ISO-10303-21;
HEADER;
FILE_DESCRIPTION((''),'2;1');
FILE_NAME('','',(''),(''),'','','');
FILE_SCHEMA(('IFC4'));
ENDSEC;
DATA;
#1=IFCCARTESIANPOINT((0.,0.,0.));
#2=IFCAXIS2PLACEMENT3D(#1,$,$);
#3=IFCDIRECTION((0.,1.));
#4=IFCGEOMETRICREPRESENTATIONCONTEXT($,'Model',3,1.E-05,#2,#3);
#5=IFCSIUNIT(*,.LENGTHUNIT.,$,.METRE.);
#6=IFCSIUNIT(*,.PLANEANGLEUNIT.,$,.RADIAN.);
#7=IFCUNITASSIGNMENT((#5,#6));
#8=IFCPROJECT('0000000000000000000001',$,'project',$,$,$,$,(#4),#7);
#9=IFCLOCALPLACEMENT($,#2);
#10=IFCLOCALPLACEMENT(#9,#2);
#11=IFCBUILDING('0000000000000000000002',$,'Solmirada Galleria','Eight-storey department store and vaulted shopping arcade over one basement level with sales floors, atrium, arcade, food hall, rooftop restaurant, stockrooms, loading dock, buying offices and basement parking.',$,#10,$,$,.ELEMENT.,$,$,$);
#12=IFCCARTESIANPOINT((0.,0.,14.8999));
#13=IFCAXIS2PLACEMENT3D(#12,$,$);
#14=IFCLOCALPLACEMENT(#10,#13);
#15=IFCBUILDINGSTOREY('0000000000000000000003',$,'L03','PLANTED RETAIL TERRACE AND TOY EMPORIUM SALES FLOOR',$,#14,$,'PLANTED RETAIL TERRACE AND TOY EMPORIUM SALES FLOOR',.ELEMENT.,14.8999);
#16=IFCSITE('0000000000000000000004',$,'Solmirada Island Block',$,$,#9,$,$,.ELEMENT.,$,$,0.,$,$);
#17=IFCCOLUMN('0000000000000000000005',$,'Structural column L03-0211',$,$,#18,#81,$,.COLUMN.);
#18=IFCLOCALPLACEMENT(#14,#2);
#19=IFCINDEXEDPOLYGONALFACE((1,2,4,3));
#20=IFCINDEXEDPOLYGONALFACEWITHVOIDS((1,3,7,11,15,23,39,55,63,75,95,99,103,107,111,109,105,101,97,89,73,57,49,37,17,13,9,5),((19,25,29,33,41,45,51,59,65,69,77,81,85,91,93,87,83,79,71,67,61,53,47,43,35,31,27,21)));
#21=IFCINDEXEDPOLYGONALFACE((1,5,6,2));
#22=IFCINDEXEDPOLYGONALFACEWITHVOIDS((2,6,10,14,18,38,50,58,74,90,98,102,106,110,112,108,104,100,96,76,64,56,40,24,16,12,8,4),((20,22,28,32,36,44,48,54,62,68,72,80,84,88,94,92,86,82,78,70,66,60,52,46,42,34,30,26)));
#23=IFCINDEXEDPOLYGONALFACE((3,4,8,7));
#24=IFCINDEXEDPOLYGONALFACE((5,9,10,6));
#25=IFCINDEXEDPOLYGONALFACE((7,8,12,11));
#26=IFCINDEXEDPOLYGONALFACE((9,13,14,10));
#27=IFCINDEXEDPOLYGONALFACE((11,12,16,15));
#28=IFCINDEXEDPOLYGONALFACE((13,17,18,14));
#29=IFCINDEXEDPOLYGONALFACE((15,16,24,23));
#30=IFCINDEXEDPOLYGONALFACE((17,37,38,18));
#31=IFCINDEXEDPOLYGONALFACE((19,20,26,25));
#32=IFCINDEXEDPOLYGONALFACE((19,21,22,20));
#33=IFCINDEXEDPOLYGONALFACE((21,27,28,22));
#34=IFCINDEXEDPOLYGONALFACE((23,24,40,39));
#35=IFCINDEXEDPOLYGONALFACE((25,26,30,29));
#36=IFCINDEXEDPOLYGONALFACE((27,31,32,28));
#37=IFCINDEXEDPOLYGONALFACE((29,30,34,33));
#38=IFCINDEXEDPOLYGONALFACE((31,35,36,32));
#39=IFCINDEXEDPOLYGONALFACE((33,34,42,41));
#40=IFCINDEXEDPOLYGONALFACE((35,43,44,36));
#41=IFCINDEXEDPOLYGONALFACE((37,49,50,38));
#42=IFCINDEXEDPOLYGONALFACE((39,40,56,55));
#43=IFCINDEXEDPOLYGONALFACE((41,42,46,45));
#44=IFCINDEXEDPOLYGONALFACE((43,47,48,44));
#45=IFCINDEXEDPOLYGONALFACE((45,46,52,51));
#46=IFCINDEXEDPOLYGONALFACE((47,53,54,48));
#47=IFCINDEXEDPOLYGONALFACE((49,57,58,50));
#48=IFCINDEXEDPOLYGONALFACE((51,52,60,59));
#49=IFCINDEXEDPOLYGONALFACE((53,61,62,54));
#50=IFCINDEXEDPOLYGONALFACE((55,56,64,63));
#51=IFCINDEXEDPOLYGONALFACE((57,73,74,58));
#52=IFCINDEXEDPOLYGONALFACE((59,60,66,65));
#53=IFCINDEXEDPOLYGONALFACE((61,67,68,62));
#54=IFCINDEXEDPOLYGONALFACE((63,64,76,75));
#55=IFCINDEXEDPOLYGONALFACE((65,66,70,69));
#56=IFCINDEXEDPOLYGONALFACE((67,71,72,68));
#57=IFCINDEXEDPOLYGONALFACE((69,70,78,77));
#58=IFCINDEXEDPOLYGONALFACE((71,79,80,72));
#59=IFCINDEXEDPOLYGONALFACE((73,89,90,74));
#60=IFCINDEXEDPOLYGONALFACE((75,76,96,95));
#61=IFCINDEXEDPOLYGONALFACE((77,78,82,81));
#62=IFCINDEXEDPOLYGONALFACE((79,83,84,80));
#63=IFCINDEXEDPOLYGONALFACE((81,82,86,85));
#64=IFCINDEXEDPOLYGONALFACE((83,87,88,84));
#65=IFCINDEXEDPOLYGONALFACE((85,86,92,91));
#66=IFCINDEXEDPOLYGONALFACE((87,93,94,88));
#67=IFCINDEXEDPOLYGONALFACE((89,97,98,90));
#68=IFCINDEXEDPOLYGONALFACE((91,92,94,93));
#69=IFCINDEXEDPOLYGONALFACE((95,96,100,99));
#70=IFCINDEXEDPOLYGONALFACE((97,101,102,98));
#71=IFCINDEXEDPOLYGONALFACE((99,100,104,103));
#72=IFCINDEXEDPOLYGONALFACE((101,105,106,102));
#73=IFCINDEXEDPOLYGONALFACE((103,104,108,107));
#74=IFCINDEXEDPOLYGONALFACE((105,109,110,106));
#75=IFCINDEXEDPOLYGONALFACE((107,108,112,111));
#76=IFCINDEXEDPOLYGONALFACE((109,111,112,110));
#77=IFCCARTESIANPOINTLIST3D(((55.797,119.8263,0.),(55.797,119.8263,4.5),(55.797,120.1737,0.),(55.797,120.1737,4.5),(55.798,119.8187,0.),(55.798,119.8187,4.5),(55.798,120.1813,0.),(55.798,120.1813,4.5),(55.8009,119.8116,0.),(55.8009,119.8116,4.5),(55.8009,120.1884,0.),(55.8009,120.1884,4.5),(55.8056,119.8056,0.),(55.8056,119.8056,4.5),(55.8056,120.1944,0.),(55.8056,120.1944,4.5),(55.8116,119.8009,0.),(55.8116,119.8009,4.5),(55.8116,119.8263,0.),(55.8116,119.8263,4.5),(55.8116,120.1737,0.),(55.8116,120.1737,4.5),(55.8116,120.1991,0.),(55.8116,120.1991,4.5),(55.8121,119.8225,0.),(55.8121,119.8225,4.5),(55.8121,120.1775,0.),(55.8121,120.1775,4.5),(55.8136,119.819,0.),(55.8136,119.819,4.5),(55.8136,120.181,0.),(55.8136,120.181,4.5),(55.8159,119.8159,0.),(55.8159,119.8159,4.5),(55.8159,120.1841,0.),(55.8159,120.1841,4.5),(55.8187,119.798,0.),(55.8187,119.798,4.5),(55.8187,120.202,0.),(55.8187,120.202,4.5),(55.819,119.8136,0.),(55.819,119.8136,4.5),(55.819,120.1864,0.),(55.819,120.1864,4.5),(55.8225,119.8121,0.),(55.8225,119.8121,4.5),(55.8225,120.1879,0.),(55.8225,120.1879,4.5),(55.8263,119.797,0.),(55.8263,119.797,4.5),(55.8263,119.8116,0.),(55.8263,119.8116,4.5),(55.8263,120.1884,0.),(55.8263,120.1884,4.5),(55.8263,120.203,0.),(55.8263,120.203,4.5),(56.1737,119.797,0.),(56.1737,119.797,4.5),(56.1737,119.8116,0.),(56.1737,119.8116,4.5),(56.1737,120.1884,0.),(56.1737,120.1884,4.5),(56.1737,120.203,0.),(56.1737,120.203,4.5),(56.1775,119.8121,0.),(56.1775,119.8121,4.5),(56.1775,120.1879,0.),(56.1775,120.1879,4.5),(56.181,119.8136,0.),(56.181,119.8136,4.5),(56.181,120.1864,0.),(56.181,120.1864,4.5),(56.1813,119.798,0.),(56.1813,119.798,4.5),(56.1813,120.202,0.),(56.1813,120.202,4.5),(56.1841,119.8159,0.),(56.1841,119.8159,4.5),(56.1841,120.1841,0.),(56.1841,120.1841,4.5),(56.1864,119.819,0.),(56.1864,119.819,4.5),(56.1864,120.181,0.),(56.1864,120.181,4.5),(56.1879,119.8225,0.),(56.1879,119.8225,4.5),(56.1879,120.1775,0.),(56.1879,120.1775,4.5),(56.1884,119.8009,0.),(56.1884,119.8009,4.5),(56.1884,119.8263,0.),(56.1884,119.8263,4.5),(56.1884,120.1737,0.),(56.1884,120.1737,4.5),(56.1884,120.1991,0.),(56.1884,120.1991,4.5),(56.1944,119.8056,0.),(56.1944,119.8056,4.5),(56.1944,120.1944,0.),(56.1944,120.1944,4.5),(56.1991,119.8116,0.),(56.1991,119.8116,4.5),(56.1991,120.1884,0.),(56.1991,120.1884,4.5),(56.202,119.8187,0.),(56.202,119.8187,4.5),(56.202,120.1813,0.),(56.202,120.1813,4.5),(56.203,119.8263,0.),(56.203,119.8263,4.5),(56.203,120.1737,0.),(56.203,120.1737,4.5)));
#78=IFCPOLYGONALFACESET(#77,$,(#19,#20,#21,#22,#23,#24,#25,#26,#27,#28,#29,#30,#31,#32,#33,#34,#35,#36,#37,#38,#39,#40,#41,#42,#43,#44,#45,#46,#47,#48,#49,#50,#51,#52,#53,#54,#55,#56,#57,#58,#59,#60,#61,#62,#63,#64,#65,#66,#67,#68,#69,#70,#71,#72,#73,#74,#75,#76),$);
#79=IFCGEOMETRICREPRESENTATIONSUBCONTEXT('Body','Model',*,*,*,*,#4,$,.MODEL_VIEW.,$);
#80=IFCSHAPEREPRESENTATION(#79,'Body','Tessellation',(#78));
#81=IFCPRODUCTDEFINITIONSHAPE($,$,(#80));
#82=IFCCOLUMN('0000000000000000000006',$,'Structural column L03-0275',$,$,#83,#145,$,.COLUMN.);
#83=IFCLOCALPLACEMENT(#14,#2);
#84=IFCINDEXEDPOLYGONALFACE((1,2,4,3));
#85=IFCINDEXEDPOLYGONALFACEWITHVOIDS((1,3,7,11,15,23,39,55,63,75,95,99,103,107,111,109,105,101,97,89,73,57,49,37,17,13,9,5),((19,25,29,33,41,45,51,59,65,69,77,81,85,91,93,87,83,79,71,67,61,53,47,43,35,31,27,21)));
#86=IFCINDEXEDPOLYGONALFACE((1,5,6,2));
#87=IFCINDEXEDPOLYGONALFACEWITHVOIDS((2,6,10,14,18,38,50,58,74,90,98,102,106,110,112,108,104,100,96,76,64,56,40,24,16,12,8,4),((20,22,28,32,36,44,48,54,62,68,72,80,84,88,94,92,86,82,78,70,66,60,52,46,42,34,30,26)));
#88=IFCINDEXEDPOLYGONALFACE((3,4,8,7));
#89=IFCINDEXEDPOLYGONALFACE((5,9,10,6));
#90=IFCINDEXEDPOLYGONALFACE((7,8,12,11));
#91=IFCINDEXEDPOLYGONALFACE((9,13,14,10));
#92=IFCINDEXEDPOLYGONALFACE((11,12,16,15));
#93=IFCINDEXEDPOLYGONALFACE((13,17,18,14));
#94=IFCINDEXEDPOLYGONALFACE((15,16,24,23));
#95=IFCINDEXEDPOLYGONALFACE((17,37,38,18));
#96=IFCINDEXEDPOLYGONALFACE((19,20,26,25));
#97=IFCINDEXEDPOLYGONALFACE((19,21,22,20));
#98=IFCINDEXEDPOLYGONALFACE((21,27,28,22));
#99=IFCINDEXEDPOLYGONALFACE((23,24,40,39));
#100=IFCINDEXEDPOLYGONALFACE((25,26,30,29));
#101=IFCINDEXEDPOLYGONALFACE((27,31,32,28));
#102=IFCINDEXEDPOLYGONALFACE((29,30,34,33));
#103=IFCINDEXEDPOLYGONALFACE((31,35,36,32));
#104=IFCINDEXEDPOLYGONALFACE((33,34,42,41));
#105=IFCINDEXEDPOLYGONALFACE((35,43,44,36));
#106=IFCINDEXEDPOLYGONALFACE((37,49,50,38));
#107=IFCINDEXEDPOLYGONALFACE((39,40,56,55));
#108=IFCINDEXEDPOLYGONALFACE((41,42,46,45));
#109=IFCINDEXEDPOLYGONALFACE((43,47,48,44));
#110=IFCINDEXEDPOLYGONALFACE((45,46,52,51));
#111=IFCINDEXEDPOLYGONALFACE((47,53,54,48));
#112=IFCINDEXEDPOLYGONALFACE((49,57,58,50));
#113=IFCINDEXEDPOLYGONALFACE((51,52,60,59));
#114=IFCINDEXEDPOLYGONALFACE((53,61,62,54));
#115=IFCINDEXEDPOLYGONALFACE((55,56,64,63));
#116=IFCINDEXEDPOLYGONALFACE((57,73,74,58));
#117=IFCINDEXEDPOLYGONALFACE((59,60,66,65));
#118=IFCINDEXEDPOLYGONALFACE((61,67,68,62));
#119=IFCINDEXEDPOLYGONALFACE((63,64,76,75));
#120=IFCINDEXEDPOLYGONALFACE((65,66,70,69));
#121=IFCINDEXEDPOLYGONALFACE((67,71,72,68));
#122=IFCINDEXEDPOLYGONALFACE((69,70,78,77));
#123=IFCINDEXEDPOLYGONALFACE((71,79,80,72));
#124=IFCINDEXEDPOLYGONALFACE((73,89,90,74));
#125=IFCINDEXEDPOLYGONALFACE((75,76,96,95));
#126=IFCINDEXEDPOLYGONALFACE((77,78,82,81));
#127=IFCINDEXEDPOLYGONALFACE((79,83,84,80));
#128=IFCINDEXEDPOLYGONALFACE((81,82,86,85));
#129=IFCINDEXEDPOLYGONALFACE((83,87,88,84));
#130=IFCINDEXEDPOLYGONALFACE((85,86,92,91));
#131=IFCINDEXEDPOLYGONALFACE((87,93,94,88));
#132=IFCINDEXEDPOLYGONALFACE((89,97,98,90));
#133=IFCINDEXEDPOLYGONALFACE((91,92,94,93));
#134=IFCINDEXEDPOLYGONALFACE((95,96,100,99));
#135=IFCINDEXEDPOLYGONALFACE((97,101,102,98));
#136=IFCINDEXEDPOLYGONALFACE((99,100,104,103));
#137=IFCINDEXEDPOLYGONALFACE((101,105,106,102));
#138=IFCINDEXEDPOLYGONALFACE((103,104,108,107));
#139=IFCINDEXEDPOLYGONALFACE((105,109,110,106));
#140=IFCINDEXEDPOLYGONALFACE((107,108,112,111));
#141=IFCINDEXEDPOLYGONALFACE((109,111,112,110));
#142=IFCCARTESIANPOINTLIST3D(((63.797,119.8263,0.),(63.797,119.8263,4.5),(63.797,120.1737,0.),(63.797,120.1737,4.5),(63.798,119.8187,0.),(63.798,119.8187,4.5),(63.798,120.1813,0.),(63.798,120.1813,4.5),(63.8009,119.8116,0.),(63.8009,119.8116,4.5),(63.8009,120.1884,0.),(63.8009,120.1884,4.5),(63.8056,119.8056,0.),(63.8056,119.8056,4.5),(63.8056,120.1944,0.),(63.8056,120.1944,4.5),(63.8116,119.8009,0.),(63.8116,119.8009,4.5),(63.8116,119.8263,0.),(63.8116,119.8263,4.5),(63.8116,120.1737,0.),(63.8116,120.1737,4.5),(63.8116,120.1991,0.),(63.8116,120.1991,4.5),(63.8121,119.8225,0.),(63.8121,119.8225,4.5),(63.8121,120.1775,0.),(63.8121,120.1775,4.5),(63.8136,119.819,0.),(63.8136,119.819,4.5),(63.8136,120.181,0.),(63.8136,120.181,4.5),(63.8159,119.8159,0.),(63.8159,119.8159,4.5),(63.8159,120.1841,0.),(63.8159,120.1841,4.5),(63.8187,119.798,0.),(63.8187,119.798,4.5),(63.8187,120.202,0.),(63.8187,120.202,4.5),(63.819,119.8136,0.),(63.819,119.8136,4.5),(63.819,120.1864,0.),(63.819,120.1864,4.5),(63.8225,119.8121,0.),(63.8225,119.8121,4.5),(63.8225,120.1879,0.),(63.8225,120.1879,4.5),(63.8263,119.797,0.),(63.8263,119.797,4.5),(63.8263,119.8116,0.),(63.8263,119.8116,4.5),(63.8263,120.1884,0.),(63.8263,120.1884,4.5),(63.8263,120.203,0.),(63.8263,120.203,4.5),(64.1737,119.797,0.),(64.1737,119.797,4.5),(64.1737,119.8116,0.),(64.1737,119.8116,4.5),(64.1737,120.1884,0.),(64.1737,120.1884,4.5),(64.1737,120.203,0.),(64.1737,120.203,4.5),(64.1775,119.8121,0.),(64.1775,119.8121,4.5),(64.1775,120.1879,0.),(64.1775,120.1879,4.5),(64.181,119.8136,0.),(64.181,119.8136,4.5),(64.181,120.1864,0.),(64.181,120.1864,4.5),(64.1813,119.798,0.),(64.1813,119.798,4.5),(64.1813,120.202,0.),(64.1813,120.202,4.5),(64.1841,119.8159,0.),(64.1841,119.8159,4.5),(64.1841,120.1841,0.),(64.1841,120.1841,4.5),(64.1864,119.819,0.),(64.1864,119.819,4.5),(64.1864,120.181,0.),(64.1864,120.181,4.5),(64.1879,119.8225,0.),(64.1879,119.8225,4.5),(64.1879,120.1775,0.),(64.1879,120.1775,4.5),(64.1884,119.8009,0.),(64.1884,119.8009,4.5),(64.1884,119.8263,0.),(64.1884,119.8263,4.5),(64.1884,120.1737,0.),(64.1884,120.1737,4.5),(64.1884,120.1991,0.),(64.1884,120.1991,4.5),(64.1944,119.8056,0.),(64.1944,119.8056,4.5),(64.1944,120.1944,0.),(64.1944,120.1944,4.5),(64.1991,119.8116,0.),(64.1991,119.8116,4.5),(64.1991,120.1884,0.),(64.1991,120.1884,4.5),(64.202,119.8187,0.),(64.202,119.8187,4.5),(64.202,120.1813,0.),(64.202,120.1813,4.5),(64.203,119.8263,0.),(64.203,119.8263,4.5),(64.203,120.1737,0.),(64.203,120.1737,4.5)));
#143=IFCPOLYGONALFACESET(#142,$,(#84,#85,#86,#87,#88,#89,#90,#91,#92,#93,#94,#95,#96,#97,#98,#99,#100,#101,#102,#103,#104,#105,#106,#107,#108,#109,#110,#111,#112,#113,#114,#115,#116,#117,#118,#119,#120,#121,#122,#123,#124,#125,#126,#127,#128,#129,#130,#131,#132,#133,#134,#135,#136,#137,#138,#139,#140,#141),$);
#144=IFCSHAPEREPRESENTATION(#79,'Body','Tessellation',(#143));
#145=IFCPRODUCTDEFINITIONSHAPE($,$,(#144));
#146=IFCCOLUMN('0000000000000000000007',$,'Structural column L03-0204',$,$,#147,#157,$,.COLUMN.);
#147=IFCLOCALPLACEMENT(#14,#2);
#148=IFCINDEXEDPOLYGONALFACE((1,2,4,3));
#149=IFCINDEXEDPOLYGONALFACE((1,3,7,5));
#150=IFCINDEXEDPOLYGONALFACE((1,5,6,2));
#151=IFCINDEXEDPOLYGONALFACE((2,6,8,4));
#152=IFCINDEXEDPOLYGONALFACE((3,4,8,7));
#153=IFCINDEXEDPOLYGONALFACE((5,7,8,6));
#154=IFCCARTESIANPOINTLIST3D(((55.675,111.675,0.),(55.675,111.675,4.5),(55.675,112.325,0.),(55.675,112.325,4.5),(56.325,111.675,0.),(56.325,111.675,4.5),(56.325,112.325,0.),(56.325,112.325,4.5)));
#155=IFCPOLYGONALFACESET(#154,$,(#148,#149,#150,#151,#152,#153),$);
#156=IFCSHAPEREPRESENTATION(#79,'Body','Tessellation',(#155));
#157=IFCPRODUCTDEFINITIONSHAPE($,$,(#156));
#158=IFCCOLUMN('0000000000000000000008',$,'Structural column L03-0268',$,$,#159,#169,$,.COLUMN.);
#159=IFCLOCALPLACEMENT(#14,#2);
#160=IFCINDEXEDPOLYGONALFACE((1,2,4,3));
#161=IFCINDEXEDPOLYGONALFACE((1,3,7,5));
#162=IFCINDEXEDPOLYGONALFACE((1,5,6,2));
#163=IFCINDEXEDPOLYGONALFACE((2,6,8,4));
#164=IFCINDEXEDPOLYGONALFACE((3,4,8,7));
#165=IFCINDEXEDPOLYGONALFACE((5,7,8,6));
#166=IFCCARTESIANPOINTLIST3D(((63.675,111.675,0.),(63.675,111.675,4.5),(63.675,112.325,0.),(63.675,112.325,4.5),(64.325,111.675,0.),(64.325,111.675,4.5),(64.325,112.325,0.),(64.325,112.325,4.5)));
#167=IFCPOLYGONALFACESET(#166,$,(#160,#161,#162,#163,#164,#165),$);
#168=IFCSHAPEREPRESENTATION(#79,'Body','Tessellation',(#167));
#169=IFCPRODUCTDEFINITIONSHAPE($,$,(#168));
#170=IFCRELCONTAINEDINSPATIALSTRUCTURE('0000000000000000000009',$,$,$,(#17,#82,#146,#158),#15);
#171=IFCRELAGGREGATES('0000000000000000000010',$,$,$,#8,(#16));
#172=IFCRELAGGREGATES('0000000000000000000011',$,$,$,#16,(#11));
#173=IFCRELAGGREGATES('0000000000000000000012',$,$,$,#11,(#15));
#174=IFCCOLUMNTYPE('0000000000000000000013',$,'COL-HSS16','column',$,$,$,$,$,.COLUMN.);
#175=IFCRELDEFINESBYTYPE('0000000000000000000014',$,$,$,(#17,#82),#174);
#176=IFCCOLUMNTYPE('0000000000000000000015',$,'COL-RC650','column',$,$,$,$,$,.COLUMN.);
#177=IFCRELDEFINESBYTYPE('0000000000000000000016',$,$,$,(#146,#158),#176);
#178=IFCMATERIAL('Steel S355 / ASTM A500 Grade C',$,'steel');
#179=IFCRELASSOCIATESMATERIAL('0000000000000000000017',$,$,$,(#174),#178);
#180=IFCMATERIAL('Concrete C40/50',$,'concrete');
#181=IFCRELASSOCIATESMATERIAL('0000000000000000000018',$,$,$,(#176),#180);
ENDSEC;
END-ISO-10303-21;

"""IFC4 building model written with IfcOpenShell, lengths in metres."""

from ifc_helpers import new_model, si_unit, direction, frame, origin, origin_2d, place, context, subcontext, project, spatial, rectangle, hollow_rectangle, extrude, material, material_profile, profile_set, type_object, element, save


model = new_model("IFC4")

# Units and contexts
model_context = context("Model", 3, precision=1e-05, world=origin(), true_north=direction((0.0, 1.0)))
body_context = subcontext(model_context, "Body", "Model", "MODEL_VIEW")
ifc_project = project(units=[si_unit("LENGTHUNIT", "METRE"), si_unit("PLANEANGLEUNIT", "RADIAN")], contexts=[model_context])

# Site, building, storey
site_placement = place(None, origin())
site = spatial("IfcSite", under=ifc_project, at=site_placement, Name="Solmirada Island Block", CompositionType="ELEMENT", RefElevation=0.0)
building_placement = place(site_placement, origin())
building = spatial("IfcBuilding", under=site, at=building_placement, Name="Solmirada Galleria", Description="Eight-storey department store and vaulted shopping arcade over one basement level with sales floors, atrium, arcade, food hall, rooftop restaurant, stockrooms, loading dock, buying offices and basement parking.", CompositionType="ELEMENT")
storey_placement = place(building_placement, frame((0.0, 0.0, 14.8999)))
storey = spatial("IfcBuildingStorey", under=building, at=storey_placement, Name="L03", Description="PLANTED RETAIL TERRACE AND TOY EMPORIUM SALES FLOOR", LongName="PLANTED RETAIL TERRACE AND TOY EMPORIUM SALES FLOOR", CompositionType="ELEMENT", Elevation=14.8999)

# Columns
ifc_material_1 = material(Name="Steel S355 / ASTM A500 Grade C", Category="steel")
ifc_material_profile_1 = material_profile(ifc_material_1, hollow_rectangle(XDim=0.406, YDim=0.406, WallThickness=0.0146, InnerFilletRadius=0.0146, OuterFilletRadius=0.0293, at=origin_2d()), Name="HSS16X16X5/8")
ifc_profile_set_1 = profile_set([ifc_material_profile_1], Name="Steel S355 / ASTM A500 Grade C")
column_type_1 = type_object("IfcColumnType", Name="COL-HSS16", Description="column", PredefinedType="COLUMN", material=ifc_profile_set_1)
for number, where, z_axis, x_axis, name in (
    (1, (56.0, 120.0, 0.0), (0.0, 0.0, 1.0), (1.0, 0.0, 0.0), "Structural column L03-0211"),
    (2, (64.0, 120.0, 0.0), (0.0, 0.0, 1.0), (1.0, 0.0, 0.0), "Structural column L03-0275"),
):
    element("IfcColumn", number, at=place(storey_placement, frame(where, z_axis=z_axis, x_axis=x_axis)), inside=storey, type_object=column_type_1, Name=name, PredefinedType="COLUMN", context=body_context, shape_type="SweptSolid", body=[
        extrude(hollow_rectangle(XDim=0.406, YDim=0.406, WallThickness=0.0146, InnerFilletRadius=0.0146, OuterFilletRadius=0.0293, at=origin_2d()), origin(), (0.0, 0.0, 1.0), 4.5),
    ])
ifc_material_2 = material(Name="Concrete C40/50", Category="concrete")
ifc_material_profile_2 = material_profile(ifc_material_2, rectangle(XDim=0.6499, YDim=0.6499, at=origin_2d()), Name="RC650X650")
ifc_profile_set_2 = profile_set([ifc_material_profile_2], Name="Concrete C40/50")
column_type_2 = type_object("IfcColumnType", Name="COL-RC650", Description="column", PredefinedType="COLUMN", material=ifc_profile_set_2)
for number, where, z_axis, x_axis, name in (
    (3, (56.0, 112.0, 0.0), (0.0, 0.0, 1.0), (1.0, 0.0, 0.0), "Structural column L03-0204"),
    (4, (64.0, 112.0, 0.0), (0.0, 0.0, 1.0), (1.0, 0.0, 0.0), "Structural column L03-0268"),
):
    element("IfcColumn", number, at=place(storey_placement, frame(where, z_axis=z_axis, x_axis=x_axis)), inside=storey, type_object=column_type_2, Name=name, PredefinedType="COLUMN", context=body_context, shape_type="SweptSolid", body=[
        extrude(rectangle(XDim=0.6499, YDim=0.6499, at=origin_2d()), origin(), (0.0, 0.0, 1.0), 4.5),
    ])

save(model, "model.ifc")
